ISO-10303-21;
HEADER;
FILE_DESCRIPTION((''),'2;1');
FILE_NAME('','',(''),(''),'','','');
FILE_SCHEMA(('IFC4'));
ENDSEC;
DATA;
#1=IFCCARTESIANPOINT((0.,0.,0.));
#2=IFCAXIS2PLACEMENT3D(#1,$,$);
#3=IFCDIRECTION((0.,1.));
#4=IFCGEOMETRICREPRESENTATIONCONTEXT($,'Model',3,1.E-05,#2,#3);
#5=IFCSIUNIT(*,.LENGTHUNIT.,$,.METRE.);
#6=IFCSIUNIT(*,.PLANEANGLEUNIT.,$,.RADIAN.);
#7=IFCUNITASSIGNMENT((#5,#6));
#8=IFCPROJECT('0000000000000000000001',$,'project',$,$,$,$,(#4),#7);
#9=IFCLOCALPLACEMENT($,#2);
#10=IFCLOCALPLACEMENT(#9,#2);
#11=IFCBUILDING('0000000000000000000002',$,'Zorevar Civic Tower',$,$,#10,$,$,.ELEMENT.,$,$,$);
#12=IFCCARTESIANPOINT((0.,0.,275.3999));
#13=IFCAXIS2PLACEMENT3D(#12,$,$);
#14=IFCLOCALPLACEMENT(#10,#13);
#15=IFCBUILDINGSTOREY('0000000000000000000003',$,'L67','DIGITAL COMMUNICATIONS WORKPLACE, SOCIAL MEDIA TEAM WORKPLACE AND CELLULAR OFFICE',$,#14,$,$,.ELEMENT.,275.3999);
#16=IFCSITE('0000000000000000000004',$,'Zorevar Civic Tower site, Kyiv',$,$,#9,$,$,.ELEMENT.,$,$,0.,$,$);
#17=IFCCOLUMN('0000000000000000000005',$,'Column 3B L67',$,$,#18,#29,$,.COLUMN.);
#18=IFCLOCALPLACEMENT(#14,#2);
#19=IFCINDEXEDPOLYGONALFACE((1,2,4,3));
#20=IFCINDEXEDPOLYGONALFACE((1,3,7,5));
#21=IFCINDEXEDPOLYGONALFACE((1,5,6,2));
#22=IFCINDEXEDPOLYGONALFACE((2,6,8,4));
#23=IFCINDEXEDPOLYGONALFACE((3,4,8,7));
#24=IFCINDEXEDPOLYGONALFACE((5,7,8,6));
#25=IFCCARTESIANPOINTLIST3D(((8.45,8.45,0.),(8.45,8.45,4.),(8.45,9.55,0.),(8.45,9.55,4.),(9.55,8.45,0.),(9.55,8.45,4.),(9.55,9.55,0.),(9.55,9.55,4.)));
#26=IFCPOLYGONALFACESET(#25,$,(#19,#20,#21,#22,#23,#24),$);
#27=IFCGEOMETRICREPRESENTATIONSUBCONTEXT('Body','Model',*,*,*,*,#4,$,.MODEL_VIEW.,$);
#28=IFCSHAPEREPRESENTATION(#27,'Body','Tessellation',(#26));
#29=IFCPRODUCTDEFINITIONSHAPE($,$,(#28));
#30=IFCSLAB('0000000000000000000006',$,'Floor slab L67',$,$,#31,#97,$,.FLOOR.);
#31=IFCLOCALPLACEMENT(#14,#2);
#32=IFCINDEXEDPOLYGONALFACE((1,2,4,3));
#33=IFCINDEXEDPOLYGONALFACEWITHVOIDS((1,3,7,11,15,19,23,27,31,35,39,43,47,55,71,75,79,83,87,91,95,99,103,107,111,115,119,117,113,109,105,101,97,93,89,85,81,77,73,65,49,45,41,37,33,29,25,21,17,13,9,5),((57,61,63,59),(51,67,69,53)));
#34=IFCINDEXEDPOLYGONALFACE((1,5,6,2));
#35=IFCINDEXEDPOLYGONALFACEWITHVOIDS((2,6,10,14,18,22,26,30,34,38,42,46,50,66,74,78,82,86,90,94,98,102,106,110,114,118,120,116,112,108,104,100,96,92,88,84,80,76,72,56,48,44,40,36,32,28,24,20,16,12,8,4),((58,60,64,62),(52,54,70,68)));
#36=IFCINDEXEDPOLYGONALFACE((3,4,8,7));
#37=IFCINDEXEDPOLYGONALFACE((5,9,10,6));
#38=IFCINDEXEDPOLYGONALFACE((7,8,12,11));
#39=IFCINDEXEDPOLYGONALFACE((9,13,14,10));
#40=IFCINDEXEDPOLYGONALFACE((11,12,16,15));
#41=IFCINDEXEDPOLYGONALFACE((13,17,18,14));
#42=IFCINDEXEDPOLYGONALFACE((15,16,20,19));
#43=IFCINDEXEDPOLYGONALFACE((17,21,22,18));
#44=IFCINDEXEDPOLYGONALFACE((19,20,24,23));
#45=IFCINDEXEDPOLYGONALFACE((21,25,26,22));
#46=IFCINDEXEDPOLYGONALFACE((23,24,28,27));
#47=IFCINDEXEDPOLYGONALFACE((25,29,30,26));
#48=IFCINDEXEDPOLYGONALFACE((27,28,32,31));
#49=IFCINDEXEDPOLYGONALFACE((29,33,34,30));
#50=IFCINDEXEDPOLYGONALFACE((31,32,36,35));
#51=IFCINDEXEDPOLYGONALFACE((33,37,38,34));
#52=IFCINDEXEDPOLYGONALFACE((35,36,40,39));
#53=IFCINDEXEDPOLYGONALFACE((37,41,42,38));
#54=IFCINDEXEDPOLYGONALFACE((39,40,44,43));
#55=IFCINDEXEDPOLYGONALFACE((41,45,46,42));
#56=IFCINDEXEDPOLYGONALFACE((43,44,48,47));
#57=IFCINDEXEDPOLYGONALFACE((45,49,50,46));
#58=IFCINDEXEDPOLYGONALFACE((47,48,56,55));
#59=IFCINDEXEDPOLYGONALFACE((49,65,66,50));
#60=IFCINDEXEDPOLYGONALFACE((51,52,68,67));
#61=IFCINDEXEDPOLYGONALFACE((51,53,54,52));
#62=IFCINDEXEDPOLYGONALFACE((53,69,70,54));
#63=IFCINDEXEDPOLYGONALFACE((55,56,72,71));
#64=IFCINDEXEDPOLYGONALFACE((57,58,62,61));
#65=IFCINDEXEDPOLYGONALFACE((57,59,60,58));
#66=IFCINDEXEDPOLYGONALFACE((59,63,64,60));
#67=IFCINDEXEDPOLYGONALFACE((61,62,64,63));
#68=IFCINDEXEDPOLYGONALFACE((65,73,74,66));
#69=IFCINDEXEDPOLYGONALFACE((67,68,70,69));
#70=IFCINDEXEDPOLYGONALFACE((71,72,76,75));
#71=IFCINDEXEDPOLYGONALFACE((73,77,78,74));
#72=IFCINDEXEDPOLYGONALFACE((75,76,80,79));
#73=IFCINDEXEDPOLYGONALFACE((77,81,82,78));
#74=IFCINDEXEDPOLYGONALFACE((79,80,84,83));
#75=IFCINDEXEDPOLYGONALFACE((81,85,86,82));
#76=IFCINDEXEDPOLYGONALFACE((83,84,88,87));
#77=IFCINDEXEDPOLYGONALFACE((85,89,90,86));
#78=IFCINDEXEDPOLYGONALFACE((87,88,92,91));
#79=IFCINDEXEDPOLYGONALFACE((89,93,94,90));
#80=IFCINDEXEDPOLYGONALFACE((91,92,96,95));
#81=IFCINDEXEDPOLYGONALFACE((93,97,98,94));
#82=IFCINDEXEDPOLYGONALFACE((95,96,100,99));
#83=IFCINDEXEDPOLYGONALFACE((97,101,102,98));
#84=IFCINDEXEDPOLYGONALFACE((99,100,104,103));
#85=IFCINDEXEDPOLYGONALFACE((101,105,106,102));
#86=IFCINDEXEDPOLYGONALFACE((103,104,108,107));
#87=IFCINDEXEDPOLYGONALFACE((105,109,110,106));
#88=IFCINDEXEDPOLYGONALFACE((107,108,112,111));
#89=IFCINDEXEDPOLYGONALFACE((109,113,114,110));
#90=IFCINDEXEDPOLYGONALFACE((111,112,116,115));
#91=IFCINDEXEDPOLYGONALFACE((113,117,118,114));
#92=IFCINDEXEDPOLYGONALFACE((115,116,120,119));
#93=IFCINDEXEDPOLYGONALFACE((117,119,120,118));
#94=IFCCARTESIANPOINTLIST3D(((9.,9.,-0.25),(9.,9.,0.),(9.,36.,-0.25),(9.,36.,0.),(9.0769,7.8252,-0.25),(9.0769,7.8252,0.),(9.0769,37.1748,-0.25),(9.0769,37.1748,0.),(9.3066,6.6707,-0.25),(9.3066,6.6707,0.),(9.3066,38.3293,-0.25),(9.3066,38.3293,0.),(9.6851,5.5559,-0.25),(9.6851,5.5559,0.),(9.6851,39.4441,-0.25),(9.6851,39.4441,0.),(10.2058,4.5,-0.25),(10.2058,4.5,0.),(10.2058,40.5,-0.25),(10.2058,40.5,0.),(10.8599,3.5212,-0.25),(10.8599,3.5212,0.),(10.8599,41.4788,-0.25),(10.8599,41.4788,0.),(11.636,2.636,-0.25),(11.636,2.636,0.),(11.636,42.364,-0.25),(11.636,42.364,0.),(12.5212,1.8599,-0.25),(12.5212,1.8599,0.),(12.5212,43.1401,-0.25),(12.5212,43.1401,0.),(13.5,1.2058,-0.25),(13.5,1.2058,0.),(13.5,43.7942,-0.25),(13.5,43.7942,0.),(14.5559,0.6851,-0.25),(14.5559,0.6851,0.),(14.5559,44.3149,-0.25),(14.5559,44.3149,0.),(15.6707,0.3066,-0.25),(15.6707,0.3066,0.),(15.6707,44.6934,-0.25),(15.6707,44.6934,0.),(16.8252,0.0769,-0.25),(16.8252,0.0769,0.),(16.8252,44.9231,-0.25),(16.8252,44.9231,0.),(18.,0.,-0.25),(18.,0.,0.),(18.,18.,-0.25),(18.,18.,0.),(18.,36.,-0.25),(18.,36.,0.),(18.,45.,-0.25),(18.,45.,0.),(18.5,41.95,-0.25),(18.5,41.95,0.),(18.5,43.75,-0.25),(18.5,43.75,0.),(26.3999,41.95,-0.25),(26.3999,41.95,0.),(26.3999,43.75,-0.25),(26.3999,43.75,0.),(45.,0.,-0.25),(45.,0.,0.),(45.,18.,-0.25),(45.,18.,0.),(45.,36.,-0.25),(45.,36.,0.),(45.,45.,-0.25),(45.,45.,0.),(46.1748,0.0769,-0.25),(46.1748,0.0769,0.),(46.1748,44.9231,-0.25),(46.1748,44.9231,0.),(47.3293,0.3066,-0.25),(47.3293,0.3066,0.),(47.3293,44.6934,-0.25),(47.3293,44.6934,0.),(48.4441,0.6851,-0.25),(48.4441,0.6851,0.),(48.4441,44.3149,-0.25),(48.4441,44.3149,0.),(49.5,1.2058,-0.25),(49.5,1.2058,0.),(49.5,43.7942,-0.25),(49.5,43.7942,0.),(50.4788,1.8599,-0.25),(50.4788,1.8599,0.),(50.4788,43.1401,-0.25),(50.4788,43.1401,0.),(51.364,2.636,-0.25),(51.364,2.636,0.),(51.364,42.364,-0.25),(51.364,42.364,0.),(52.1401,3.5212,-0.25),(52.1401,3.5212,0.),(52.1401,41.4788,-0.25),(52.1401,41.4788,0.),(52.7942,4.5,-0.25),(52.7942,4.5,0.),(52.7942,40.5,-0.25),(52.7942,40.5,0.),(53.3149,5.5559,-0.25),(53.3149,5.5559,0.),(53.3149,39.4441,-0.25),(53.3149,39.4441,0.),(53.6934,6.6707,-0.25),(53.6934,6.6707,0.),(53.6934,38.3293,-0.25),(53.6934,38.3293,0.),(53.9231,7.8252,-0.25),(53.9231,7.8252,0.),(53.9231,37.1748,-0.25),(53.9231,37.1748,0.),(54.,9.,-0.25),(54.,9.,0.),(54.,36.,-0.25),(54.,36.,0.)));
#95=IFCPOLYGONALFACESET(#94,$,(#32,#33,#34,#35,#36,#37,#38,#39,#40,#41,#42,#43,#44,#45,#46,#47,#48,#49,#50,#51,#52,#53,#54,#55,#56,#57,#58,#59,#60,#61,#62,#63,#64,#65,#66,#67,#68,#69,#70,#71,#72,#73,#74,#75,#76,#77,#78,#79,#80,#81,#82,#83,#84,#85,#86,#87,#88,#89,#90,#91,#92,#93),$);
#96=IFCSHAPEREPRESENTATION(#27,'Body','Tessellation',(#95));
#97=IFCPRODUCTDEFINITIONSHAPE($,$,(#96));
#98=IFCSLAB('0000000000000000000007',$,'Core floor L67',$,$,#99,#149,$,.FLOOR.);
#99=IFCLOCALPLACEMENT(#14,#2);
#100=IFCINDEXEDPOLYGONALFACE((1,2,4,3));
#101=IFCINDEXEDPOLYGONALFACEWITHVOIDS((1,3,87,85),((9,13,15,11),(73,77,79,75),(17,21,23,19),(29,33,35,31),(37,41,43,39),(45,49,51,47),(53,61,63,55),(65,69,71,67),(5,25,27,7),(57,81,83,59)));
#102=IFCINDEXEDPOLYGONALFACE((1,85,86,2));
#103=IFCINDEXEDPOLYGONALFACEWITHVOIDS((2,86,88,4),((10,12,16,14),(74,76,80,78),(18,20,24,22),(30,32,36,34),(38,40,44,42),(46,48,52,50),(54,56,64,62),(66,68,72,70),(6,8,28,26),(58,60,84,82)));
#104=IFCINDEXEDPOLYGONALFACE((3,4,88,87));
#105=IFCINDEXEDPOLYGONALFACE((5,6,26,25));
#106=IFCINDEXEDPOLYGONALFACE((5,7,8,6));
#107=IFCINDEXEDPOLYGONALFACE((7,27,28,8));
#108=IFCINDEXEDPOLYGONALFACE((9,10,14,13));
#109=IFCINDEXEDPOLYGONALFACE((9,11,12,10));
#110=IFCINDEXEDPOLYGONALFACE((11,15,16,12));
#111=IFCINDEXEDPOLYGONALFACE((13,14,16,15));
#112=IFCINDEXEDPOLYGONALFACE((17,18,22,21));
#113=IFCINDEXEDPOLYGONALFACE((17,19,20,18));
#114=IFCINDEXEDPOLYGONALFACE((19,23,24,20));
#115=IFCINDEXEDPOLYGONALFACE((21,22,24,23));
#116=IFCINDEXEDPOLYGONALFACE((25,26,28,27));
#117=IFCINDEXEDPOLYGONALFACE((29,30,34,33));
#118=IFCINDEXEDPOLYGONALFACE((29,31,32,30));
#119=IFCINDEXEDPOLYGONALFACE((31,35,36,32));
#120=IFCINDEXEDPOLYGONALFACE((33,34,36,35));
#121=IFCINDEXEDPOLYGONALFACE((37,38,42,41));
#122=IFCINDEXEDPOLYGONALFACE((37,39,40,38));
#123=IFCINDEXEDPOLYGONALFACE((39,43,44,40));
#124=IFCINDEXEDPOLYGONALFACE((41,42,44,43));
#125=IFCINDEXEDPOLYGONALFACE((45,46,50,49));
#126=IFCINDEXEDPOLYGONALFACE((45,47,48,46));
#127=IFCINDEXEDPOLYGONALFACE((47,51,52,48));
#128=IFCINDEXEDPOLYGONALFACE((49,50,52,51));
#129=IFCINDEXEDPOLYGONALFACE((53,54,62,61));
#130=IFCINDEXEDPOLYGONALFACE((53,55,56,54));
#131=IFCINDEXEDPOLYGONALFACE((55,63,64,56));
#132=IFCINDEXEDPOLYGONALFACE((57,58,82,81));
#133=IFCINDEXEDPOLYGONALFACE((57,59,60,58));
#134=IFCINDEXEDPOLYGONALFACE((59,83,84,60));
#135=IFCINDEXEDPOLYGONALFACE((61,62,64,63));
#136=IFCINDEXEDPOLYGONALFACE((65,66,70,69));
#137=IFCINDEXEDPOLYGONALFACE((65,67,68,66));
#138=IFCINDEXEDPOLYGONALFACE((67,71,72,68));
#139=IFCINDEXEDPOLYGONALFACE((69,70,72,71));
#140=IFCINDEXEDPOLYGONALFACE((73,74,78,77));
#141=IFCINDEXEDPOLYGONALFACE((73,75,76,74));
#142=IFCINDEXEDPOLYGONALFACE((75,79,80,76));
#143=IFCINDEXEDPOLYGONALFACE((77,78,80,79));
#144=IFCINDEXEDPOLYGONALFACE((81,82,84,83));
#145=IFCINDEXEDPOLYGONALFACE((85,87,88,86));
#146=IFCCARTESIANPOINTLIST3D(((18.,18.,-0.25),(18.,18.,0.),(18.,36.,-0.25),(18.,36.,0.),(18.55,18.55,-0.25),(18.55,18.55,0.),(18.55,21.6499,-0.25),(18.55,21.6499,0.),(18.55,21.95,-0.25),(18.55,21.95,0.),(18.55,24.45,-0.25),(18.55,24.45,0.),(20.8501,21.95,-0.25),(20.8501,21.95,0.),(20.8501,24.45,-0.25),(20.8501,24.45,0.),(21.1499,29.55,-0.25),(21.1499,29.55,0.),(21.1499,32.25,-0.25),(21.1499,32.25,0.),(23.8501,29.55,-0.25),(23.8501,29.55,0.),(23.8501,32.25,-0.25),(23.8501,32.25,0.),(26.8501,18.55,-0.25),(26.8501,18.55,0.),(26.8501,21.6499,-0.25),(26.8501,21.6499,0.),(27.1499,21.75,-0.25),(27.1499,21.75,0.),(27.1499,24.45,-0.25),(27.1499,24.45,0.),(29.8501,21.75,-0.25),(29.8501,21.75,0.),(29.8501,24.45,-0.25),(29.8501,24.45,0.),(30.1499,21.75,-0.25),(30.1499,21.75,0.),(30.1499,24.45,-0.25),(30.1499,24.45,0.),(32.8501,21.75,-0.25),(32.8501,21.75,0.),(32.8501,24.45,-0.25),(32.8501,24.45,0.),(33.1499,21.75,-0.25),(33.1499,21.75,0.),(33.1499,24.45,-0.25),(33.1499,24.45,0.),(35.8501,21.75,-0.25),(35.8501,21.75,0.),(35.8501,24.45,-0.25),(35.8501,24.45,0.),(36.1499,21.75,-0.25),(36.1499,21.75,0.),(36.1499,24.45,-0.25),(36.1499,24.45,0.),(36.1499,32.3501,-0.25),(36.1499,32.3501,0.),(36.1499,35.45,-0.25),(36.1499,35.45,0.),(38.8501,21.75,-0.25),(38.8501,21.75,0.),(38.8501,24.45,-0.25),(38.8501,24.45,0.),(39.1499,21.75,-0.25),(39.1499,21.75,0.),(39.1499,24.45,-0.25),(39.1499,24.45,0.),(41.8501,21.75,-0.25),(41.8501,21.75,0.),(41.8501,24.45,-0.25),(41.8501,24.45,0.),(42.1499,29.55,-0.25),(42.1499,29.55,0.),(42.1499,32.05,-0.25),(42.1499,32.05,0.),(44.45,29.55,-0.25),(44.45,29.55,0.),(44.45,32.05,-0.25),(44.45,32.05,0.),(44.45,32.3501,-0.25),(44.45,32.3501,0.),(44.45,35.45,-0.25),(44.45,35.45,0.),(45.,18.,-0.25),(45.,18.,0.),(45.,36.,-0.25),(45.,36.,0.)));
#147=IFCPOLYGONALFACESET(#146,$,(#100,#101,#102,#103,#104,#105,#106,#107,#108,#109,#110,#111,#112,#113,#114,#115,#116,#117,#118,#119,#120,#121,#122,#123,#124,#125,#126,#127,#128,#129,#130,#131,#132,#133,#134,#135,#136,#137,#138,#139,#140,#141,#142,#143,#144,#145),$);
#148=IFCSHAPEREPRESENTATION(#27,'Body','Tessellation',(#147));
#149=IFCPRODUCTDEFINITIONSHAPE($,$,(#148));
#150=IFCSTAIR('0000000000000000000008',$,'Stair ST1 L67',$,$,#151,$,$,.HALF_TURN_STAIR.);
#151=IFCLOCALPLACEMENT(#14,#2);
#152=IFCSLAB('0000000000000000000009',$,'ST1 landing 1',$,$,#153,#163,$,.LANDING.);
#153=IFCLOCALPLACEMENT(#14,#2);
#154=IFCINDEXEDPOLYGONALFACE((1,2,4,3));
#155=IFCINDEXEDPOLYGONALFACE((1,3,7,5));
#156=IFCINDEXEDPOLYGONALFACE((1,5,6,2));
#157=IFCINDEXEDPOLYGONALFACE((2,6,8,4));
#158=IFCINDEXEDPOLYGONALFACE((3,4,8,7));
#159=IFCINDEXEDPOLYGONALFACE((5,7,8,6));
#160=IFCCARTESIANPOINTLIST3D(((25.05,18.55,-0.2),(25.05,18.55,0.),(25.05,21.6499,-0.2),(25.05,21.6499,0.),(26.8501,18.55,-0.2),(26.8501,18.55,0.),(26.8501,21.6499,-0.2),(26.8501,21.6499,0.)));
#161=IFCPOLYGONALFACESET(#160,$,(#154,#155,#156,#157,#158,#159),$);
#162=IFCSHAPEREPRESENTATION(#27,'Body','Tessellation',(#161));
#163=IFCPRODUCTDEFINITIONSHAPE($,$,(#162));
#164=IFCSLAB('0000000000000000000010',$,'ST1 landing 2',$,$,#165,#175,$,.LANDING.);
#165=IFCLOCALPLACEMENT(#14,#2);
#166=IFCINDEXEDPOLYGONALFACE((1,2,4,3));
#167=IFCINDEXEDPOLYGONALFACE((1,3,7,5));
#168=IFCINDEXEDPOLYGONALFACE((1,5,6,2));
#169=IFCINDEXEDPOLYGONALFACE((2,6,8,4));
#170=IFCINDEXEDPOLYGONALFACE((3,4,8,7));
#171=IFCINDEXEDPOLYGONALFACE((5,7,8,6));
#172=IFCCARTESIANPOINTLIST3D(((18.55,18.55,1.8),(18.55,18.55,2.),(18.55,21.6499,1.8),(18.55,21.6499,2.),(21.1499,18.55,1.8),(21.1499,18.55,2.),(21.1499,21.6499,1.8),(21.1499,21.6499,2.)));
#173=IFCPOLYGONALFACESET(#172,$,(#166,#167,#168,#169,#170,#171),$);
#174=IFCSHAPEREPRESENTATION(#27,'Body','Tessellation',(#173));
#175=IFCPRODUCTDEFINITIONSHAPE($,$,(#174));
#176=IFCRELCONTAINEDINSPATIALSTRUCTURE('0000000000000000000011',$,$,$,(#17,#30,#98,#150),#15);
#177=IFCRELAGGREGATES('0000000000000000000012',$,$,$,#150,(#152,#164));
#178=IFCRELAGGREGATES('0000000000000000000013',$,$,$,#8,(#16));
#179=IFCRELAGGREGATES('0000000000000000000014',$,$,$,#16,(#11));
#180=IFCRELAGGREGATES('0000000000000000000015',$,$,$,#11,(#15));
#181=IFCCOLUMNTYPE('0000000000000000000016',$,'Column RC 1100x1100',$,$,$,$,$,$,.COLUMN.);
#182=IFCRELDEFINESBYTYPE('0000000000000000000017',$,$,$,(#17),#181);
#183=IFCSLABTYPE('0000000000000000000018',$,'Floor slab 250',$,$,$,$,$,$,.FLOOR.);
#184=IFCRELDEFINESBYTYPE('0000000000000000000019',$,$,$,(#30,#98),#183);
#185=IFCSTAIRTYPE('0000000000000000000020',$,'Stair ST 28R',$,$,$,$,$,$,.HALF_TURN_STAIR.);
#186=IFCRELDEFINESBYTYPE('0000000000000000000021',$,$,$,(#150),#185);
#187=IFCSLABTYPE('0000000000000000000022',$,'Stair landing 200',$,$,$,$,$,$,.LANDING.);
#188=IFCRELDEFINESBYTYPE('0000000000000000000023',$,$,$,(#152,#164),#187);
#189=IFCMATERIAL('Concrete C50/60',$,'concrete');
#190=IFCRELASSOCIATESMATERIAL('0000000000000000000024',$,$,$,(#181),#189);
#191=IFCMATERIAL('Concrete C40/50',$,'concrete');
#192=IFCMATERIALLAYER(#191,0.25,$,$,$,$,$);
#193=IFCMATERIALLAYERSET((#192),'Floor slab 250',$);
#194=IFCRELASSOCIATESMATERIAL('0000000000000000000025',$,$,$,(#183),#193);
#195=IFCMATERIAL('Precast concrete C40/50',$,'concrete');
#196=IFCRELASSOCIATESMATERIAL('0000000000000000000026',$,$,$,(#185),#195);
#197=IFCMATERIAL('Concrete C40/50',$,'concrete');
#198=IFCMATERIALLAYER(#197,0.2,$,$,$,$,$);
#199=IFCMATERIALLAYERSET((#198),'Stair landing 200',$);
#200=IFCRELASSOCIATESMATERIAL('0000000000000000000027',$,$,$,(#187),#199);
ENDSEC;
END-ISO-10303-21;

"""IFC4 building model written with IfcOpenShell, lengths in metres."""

from ifc_helpers import new_model, si_unit, direction, frame, origin, origin_2d, place, context, subcontext, project, spatial, polyline, rectangle, outline, extrude, material, layer, layer_set, material_profile, profile_set, type_object, element, aggregate, save


model = new_model("IFC4")

# Units and contexts
model_context = context("Model", 3, precision=1e-05, world=origin(), true_north=direction((0.0, 1.0)))
body_context = subcontext(model_context, "Body", "Model", "MODEL_VIEW")
ifc_project = project(units=[si_unit("LENGTHUNIT", "METRE"), si_unit("PLANEANGLEUNIT", "RADIAN")], contexts=[model_context])

# Site, building, storey
site_placement = place(None, origin())
site = spatial("IfcSite", under=ifc_project, at=site_placement, Name="Zorevar Civic Tower site, Kyiv", CompositionType="ELEMENT", RefElevation=0.0)
building_placement = place(site_placement, origin())
building = spatial("IfcBuilding", under=site, at=building_placement, Name="Zorevar Civic Tower", CompositionType="ELEMENT")
storey_placement = place(building_placement, frame((0.0, 0.0, 275.3999)))
storey = spatial("IfcBuildingStorey", under=building, at=storey_placement, Name="L67", Description="DIGITAL COMMUNICATIONS WORKPLACE, SOCIAL MEDIA TEAM WORKPLACE AND CELLULAR OFFICE", CompositionType="ELEMENT", Elevation=275.3999)

# Column
ifc_material_1 = material(Name="Concrete C50/60", Category="concrete")
ifc_material_profile = material_profile(ifc_material_1, rectangle(XDim=1.1001, YDim=1.1001, at=origin_2d()), Name="RC 1100x1100")
ifc_profile_set = profile_set([ifc_material_profile], Name="Concrete C50/60")
column_type = type_object("IfcColumnType", Name="Column RC 1100x1100", PredefinedType="COLUMN", material=ifc_profile_set)
column_placement = place(storey_placement, frame((9.0, 9.0, 0.0), z_axis=(0.0, 0.0, 1.0), x_axis=(1.0, 0.0, 0.0)))
element("IfcColumn", 1, at=column_placement, inside=storey, type_object=column_type, Name="Column 3B L67", PredefinedType="COLUMN", context=body_context, shape_type="SweptSolid", body=[
    extrude(rectangle(XDim=1.1001, YDim=1.1001, at=origin_2d()), origin(), (0.0, 0.0, 1.0), 4.0),
])

# Slabs
ifc_material_2 = material(Name="Concrete C40/50", Category="concrete")
ifc_layer_1 = layer(ifc_material_2, 0.25)
ifc_layer_set_1 = layer_set([ifc_layer_1], Name="Floor slab 250")
slab_type_1 = type_object("IfcSlabType", Name="Floor slab 250", PredefinedType="FLOOR", material=ifc_layer_set_1)
slab_1_placement = place(storey_placement, frame((0.0, 0.0, -0.25)))
element("IfcSlab", 2, at=slab_1_placement, inside=storey, type_object=slab_type_1, Name="Floor slab L67", PredefinedType="FLOOR", context=body_context, shape_type="SweptSolid", body=[
    extrude(outline(polyline([(45.0, 0.0), (46.1748, 0.0769), (47.3293, 0.3066), (48.4441, 0.6851), (49.5, 1.2058), (50.4788, 1.8599), (51.364, 2.636), (52.1401, 3.5212), (52.7942, 4.5), (53.3149, 5.5559), (53.6934, 6.6707), (53.9231, 7.8252), (54.0, 9.0), (54.0, 36.0), (53.9231, 37.1748), (53.6934, 38.3293), (53.3149, 39.4441), (52.7942, 40.5), (52.1401, 41.4788), (51.364, 42.364), (50.4788, 43.1401), (49.5, 43.7942), (48.4441, 44.3149), (47.3293, 44.6934), (46.1748, 44.9231), (45.0, 45.0), (18.0, 45.0), (16.8252, 44.9231), (15.6707, 44.6934), (14.5559, 44.3149), (13.5, 43.7942), (12.5212, 43.1401), (11.636, 42.364), (10.8599, 41.4788), (10.2058, 40.5), (9.6851, 39.4441), (9.3066, 38.3293), (9.0769, 37.1748), (9.0, 36.0), (9.0, 9.0), (9.0769, 7.8252), (9.3066, 6.6707), (9.6851, 5.5559), (10.2058, 4.5), (10.8599, 3.5212), (11.636, 2.636), (12.5212, 1.8599), (13.5, 1.2058), (14.5559, 0.6851), (15.6707, 0.3066), (16.8252, 0.0769), (18.0, 0.0), (45.0, 0.0)]), holes=[polyline([(18.0, 18.0), (45.0, 18.0), (45.0, 36.0), (18.0, 36.0), (18.0, 18.0)]), polyline([(18.5, 41.95), (26.3999, 41.95), (26.3999, 43.75), (18.5, 43.75), (18.5, 41.95)])]), origin(), (0.0, 0.0, 1.0), 0.25),
])
slab_2_placement = place(storey_placement, frame((0.0, 0.0, -0.25)))
element("IfcSlab", 3, at=slab_2_placement, inside=storey, type_object=slab_type_1, Name="Core floor L67", PredefinedType="FLOOR", context=body_context, shape_type="SweptSolid", body=[
    extrude(outline(polyline([(18.0, 18.0), (45.0, 18.0), (45.0, 36.0), (18.0, 36.0), (18.0, 18.0)]), holes=[polyline([(18.55, 18.55), (26.8501, 18.55), (26.8501, 21.6499), (18.55, 21.6499), (18.55, 18.55)]), polyline([(36.1499, 32.3501), (44.45, 32.3501), (44.45, 35.45), (36.1499, 35.45), (36.1499, 32.3501)]), polyline([(18.55, 21.95), (20.8501, 21.95), (20.8501, 24.45), (18.55, 24.45), (18.55, 21.95)]), polyline([(42.1499, 29.55), (44.45, 29.55), (44.45, 32.05), (42.1499, 32.05), (42.1499, 29.55)]), polyline([(27.1499, 21.75), (29.8501, 21.75), (29.8501, 24.45), (27.1499, 24.45), (27.1499, 21.75)]), polyline([(30.1499, 21.75), (32.8501, 21.75), (32.8501, 24.45), (30.1499, 24.45), (30.1499, 21.75)]), polyline([(33.1499, 21.75), (35.8501, 21.75), (35.8501, 24.45), (33.1499, 24.45), (33.1499, 21.75)]), polyline([(36.1499, 21.75), (38.8501, 21.75), (38.8501, 24.45), (36.1499, 24.45), (36.1499, 21.75)]), polyline([(39.1499, 21.75), (41.8501, 21.75), (41.8501, 24.45), (39.1499, 24.45), (39.1499, 21.75)]), polyline([(21.1499, 29.55), (23.8501, 29.55), (23.8501, 32.25), (21.1499, 32.25), (21.1499, 29.55)])]), origin(), (0.0, 0.0, 1.0), 0.25),
])

# Stair, slabs
ifc_material_3 = material(Name="Precast concrete C40/50", Category="concrete")
stair_type = type_object("IfcStairType", Name="Stair ST 28R", PredefinedType="HALF_TURN_STAIR", material=ifc_material_3)
stair_1_placement = place(storey_placement, origin())
stair_1 = element("IfcStair", 4, at=stair_1_placement, inside=storey, type_object=stair_type, Name="Stair ST1 L67", PredefinedType="HALF_TURN_STAIR")
ifc_material_4 = material(Name="Concrete C40/50", Category="concrete")
ifc_layer_2 = layer(ifc_material_4, 0.2)
ifc_layer_set_2 = layer_set([ifc_layer_2], Name="Stair landing 200")
slab_type_2 = type_object("IfcSlabType", Name="Stair landing 200", PredefinedType="LANDING", material=ifc_layer_set_2)
slab_3_placement = place(storey_placement, frame((0.0, 0.0, -0.2)))
slab_3 = element("IfcSlab", 5, at=slab_3_placement, type_object=slab_type_2, Name="ST1 landing 1", PredefinedType="LANDING", context=body_context, shape_type="SweptSolid", body=[
    extrude(outline(polyline([(25.05, 18.55), (26.8501, 18.55), (26.8501, 21.6499), (25.05, 21.6499), (25.05, 18.55)])), origin(), (0.0, 0.0, 1.0), 0.2),
])
slab_4_placement = place(storey_placement, frame((0.0, 0.0, 1.8)))
slab_4 = element("IfcSlab", 6, at=slab_4_placement, type_object=slab_type_2, Name="ST1 landing 2", PredefinedType="LANDING", context=body_context, shape_type="SweptSolid", body=[
    extrude(outline(polyline([(18.55, 18.55), (21.1499, 18.55), (21.1499, 21.6499), (18.55, 21.6499), (18.55, 18.55)])), origin(), (0.0, 0.0, 1.0), 0.2),
])
aggregate(stair_1, [slab_3, slab_4])

save(model, "model.ifc")
